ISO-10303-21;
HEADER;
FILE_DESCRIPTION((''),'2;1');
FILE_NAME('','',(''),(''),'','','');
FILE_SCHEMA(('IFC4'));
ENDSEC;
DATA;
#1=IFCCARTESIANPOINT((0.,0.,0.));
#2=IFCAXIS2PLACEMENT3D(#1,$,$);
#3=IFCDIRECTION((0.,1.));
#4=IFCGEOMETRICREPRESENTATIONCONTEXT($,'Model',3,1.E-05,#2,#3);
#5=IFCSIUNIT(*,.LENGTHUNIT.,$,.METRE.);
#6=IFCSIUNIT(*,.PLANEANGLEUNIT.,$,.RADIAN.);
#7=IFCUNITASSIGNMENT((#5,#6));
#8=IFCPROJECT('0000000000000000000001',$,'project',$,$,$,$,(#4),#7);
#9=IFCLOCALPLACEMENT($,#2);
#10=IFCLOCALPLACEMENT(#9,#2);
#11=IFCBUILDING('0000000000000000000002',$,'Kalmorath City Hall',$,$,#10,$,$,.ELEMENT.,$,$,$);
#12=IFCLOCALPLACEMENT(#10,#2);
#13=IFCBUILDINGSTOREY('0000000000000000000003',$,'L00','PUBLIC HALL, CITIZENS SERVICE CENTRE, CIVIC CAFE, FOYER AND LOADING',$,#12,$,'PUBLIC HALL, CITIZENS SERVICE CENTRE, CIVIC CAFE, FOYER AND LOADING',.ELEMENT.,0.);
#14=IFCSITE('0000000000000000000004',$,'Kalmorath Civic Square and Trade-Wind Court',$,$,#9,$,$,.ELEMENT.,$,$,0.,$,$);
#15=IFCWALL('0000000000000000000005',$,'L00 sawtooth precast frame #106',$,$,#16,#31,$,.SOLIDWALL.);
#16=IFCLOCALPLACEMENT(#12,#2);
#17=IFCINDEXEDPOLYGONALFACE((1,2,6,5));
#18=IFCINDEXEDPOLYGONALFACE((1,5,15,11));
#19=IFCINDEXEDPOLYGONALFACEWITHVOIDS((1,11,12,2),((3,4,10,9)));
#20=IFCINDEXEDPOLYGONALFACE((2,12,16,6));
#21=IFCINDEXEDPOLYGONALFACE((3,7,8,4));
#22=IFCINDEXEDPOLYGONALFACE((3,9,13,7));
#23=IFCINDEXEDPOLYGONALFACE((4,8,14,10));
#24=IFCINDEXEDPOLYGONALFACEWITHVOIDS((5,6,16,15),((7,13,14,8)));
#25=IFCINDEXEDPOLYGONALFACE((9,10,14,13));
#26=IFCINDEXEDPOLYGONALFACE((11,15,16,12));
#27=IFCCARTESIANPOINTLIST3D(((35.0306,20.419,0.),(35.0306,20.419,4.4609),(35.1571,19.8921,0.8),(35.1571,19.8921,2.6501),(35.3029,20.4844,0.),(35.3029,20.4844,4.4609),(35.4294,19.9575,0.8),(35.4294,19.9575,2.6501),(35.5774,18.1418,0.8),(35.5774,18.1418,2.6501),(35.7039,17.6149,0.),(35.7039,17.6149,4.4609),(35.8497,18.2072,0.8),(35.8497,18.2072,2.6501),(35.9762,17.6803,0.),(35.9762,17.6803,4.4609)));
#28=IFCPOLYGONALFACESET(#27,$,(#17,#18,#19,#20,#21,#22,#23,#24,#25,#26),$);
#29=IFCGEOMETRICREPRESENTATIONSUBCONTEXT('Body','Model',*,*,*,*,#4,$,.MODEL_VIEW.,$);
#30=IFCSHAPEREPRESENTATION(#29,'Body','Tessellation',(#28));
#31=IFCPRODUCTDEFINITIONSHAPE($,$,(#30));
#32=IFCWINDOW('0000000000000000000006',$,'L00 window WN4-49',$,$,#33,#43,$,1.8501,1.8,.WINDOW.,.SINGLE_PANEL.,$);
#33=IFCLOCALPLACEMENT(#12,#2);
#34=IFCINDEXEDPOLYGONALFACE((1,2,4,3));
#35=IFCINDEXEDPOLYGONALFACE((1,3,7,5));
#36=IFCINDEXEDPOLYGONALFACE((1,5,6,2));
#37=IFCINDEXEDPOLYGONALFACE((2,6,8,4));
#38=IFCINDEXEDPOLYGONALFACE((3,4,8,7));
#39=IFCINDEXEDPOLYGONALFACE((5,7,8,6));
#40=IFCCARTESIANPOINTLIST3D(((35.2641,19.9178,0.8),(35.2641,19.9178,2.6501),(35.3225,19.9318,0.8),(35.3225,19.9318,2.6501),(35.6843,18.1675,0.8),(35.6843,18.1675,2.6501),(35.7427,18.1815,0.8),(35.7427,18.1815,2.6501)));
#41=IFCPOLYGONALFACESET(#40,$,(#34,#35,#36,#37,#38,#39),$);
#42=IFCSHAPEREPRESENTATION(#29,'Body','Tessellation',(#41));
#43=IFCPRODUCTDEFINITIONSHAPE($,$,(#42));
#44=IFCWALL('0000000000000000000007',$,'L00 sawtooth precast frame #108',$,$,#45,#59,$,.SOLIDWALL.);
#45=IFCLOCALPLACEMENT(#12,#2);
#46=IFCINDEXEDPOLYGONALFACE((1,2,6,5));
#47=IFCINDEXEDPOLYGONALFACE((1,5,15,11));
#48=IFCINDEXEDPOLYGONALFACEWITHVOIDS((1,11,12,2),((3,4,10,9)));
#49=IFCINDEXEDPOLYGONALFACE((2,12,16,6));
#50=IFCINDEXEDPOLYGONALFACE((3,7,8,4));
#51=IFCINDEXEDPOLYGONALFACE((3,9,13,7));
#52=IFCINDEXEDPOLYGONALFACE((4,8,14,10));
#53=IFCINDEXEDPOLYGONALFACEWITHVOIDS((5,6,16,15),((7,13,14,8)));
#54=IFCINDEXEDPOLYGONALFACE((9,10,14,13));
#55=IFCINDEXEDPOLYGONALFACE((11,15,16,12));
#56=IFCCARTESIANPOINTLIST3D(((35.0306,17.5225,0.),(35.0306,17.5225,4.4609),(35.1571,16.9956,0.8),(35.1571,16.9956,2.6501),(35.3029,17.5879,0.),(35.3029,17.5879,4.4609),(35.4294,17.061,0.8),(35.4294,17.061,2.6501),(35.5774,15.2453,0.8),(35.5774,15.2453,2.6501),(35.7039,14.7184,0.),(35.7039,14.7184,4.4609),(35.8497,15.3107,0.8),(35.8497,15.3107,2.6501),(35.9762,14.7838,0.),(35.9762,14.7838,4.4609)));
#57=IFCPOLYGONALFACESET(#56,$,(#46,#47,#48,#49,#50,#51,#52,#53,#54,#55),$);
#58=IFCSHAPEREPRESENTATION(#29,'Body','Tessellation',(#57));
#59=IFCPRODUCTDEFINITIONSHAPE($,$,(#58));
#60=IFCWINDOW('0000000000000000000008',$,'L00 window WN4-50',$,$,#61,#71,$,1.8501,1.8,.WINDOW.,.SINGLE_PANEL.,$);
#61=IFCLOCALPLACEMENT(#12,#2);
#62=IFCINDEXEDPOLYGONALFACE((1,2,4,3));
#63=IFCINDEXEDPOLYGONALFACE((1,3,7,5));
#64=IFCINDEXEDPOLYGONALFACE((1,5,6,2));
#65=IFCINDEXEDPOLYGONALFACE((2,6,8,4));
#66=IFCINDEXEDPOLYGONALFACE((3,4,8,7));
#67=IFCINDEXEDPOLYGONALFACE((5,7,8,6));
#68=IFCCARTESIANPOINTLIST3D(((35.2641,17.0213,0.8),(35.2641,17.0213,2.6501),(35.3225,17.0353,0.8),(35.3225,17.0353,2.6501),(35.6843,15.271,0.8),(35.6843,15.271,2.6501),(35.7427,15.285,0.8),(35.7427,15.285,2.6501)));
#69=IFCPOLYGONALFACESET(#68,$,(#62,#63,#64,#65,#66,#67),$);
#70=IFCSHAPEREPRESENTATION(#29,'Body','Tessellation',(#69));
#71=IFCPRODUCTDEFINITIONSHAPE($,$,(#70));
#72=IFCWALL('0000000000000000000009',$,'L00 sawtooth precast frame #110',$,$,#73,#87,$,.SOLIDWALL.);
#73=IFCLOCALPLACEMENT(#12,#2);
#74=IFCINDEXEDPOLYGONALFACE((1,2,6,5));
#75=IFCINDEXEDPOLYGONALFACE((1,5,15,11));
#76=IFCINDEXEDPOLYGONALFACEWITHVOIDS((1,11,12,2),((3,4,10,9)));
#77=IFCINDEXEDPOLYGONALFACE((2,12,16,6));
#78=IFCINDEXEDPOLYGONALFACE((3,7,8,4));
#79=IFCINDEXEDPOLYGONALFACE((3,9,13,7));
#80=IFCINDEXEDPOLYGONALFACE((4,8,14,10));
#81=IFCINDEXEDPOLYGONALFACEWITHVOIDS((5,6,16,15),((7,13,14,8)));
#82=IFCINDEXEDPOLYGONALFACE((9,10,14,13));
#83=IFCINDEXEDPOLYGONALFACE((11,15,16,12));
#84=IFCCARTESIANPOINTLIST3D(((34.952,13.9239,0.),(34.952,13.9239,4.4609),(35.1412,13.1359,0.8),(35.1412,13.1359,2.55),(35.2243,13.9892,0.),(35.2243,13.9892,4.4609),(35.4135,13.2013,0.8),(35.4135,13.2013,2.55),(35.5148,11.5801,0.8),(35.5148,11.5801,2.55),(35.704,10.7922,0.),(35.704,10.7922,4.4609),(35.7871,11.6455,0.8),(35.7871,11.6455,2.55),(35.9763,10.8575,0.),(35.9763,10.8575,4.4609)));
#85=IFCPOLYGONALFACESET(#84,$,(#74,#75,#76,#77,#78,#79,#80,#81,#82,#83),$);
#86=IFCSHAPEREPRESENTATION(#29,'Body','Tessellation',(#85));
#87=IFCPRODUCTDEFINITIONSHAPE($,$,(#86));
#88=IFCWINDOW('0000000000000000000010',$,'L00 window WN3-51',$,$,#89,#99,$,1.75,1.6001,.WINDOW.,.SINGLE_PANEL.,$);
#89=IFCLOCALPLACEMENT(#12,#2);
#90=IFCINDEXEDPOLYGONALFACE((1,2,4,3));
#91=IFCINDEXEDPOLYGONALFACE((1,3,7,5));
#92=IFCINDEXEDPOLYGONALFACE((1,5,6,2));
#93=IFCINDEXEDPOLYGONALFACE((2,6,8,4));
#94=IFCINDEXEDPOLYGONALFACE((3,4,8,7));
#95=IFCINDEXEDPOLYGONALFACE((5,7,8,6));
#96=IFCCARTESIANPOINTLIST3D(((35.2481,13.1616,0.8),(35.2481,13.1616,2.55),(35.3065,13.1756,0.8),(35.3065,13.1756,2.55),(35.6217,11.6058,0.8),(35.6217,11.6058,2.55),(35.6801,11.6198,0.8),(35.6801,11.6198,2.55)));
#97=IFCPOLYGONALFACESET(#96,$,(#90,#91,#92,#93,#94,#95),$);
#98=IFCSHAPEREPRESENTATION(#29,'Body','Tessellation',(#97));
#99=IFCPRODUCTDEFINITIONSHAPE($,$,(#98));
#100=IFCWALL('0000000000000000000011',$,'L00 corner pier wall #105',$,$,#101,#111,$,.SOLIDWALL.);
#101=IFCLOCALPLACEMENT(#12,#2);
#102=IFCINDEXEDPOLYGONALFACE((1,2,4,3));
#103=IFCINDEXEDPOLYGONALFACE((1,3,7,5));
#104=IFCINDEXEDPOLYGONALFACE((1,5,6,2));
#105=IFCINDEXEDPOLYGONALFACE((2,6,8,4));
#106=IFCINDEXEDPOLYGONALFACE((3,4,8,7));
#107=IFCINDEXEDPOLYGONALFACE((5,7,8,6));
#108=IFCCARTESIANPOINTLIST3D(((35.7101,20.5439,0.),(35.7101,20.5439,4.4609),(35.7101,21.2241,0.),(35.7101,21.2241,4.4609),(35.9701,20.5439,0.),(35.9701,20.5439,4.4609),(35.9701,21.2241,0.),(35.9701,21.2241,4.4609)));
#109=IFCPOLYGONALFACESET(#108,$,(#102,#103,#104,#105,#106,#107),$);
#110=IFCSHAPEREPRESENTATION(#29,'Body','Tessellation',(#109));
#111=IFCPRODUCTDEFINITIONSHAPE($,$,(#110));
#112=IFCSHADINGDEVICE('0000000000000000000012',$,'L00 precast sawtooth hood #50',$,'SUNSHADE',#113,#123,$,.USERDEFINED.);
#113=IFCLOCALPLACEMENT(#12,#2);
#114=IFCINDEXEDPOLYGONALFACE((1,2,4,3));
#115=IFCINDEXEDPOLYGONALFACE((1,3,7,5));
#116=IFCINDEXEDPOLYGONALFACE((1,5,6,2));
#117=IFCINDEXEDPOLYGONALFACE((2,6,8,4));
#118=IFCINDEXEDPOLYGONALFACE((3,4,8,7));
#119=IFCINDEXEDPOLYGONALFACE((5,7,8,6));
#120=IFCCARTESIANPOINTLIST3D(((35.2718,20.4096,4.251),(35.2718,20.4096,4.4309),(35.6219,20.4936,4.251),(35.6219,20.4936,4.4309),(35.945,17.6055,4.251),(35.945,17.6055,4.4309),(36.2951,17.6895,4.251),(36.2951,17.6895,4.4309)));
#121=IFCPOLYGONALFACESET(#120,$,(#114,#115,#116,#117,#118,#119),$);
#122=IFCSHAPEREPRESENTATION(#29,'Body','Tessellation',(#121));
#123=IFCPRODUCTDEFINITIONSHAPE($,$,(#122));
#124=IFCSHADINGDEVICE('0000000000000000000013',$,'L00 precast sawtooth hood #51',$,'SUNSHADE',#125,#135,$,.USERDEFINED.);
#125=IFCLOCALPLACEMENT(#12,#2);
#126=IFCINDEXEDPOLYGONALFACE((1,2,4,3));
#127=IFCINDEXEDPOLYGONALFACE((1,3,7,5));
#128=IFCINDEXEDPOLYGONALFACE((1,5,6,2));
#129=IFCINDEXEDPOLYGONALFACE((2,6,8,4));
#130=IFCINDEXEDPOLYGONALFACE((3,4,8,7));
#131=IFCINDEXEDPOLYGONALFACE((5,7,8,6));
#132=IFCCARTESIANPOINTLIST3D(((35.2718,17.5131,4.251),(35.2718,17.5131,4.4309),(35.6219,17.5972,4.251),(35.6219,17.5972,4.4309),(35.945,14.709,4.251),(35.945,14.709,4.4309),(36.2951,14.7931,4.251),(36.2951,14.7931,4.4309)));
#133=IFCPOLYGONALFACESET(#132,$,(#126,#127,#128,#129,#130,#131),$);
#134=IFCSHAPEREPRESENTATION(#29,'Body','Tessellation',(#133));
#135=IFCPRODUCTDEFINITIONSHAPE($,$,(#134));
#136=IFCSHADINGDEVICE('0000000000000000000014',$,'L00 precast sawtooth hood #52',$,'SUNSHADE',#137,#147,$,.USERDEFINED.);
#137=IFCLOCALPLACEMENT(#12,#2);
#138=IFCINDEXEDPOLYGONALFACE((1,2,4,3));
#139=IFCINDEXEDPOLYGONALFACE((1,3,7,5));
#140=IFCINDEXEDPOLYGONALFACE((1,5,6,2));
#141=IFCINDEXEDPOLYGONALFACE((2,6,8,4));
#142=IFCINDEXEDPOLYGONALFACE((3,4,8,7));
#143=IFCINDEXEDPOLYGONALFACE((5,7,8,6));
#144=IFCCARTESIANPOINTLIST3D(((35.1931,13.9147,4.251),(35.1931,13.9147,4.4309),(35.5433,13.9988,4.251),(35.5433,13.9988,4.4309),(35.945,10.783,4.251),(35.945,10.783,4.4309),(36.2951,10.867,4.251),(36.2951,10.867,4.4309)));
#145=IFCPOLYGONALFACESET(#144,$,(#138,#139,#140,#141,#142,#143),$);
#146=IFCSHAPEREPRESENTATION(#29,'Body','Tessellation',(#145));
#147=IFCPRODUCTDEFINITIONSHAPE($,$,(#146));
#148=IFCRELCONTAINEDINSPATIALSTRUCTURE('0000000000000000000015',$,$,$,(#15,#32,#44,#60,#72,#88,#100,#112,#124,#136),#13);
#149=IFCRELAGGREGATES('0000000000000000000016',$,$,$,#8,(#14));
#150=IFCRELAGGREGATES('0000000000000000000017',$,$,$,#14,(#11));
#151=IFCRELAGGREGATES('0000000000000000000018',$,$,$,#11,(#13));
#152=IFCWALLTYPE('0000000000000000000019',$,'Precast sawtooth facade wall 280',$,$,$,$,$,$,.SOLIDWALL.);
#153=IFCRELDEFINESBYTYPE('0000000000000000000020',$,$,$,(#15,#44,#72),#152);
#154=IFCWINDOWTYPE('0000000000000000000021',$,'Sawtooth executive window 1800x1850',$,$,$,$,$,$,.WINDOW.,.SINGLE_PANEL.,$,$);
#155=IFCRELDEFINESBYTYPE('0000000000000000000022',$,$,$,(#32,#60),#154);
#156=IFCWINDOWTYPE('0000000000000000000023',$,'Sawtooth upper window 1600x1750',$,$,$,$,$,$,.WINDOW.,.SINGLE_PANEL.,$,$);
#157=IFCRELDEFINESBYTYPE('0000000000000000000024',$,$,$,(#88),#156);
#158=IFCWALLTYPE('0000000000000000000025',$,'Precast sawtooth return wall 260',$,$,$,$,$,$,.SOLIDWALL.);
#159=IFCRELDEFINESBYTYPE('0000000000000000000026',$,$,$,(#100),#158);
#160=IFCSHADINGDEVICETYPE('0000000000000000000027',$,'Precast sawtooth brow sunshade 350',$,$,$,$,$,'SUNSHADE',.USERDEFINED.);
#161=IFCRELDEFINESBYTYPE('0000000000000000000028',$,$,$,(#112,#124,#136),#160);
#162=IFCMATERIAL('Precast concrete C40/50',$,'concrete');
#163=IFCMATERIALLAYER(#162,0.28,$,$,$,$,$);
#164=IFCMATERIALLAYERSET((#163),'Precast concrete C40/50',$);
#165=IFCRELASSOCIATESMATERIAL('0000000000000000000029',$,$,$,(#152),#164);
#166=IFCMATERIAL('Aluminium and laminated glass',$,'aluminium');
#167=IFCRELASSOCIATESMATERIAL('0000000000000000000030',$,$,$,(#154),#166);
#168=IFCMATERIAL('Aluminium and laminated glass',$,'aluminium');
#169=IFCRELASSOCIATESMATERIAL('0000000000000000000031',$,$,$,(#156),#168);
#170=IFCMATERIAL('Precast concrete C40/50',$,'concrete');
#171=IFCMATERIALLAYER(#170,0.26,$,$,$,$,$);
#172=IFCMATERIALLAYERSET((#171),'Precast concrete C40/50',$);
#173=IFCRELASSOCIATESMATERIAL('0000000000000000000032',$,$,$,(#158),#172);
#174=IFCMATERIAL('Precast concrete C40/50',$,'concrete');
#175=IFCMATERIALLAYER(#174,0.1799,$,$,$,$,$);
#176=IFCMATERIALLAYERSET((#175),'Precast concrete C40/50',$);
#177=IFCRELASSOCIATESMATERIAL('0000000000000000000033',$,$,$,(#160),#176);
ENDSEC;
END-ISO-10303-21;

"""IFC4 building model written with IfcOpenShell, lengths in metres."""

from ifc_helpers import new_model, si_unit, direction, frame, frame_2d, origin, origin_2d, place, context, subcontext, project, spatial, rectangle, extrude, material, layer, layer_set, type_object, element, fill, save


model = new_model("IFC4")

# Units and contexts
model_context = context("Model", 3, precision=1e-05, world=origin(), true_north=direction((0.0, 1.0)))
body_context = subcontext(model_context, "Body", "Model", "MODEL_VIEW")
ifc_project = project(units=[si_unit("LENGTHUNIT", "METRE"), si_unit("PLANEANGLEUNIT", "RADIAN")], contexts=[model_context])

# Site, building, storey
site_placement = place(None, origin())
site = spatial("IfcSite", under=ifc_project, at=site_placement, Name="Kalmorath Civic Square and Trade-Wind Court", CompositionType="ELEMENT", RefElevation=0.0)
building_placement = place(site_placement, origin())
building = spatial("IfcBuilding", under=site, at=building_placement, Name="Kalmorath City Hall", CompositionType="ELEMENT")
storey_placement = place(building_placement, origin())
storey = spatial("IfcBuildingStorey", under=building, at=storey_placement, Name="L00", Description="PUBLIC HALL, CITIZENS SERVICE CENTRE, CIVIC CAFE, FOYER AND LOADING", LongName="PUBLIC HALL, CITIZENS SERVICE CENTRE, CIVIC CAFE, FOYER AND LOADING", CompositionType="ELEMENT", Elevation=0.0)

# Walls, openings, windows
ifc_material_1 = material(Name="Precast concrete C40/50", Category="concrete")
ifc_layer_1 = layer(ifc_material_1, 0.28)
ifc_layer_set_1 = layer_set([ifc_layer_1], Name="Precast concrete C40/50")
wall_type_1 = type_object("IfcWallType", Name="Precast sawtooth facade wall 280", PredefinedType="SOLIDWALL", material=ifc_layer_set_1)
wall_1_placement = place(storey_placement, frame((35.1667, 20.4517, 0.0), z_axis=(0.0, 0.0, 1.0), x_axis=(0.233482, -0.972361, 0.0)))
wall_1 = element("IfcWall", 1, at=wall_1_placement, inside=storey, type_object=wall_type_1, Name="L00 sawtooth precast frame #106", PredefinedType="SOLIDWALL", context=body_context, shape_type="SweptSolid", body=[
    extrude(rectangle(XDim=2.8838, YDim=0.28, at=frame_2d((1.4419, 0.0))), origin(), (0.0, 0.0, 1.0), 4.4609),
])
opening_1_placement = place(wall_1_placement, frame((0.542, 0.0, 0.8)))
opening_1 = element("IfcOpeningElement", 2, at=opening_1_placement, cuts=wall_1, PredefinedType="OPENING", context=body_context, shape_type="SweptSolid", body=[
    extrude(rectangle(XDim=1.8, YDim=1.8501, at=frame_2d((0.8999, 0.925))), frame((0.0, 0.1499, 0.0), z_axis=(0.0, -1.0, 0.0), x_axis=(1.0, 0.0, 0.0)), (0.0, 0.0, 1.0), 0.3),
])
ifc_material_2 = material(Name="Aluminium and laminated glass", Category="aluminium")
window_type_1 = type_object("IfcWindowType", Name="Sawtooth executive window 1800x1850", PartitioningType="SINGLE_PANEL", PredefinedType="WINDOW", material=ifc_material_2)
window_1_placement = place(opening_1_placement, origin())
window_1 = element("IfcWindow", 3, at=window_1_placement, inside=storey, type_object=window_type_1, Name="L00 window WN4-49", OverallHeight=1.8501, OverallWidth=1.8, PartitioningType="SINGLE_PANEL", PredefinedType="WINDOW", context=body_context, shape_type="SweptSolid", body=[
    extrude(rectangle(XDim=1.8, YDim=1.8501, at=frame_2d((0.8999, 0.925))), frame((0.0, 0.03, 0.0), z_axis=(0.0, -1.0, 0.0), x_axis=(1.0, 0.0, 0.0)), (0.0, 0.0, 1.0), 0.0601),
])
fill(opening_1, window_1)
wall_2_placement = place(storey_placement, frame((35.1667, 17.5552, 0.0), z_axis=(0.0, 0.0, 1.0), x_axis=(0.233482, -0.972361, 0.0)))
wall_2 = element("IfcWall", 4, at=wall_2_placement, inside=storey, type_object=wall_type_1, Name="L00 sawtooth precast frame #108", PredefinedType="SOLIDWALL", context=body_context, shape_type="SweptSolid", body=[
    extrude(rectangle(XDim=2.8838, YDim=0.28, at=frame_2d((1.4419, 0.0))), origin(), (0.0, 0.0, 1.0), 4.4609),
])
opening_2_placement = place(wall_2_placement, frame((0.542, 0.0, 0.8)))
opening_2 = element("IfcOpeningElement", 5, at=opening_2_placement, cuts=wall_2, PredefinedType="OPENING", context=body_context, shape_type="SweptSolid", body=[
    extrude(rectangle(XDim=1.8, YDim=1.8501, at=frame_2d((0.8999, 0.925))), frame((0.0, 0.1499, 0.0), z_axis=(0.0, -1.0, 0.0), x_axis=(1.0, 0.0, 0.0)), (0.0, 0.0, 1.0), 0.3),
])
window_2_placement = place(opening_2_placement, origin())
window_2 = element("IfcWindow", 6, at=window_2_placement, inside=storey, type_object=window_type_1, Name="L00 window WN4-50", OverallHeight=1.8501, OverallWidth=1.8, PartitioningType="SINGLE_PANEL", PredefinedType="WINDOW", context=body_context, shape_type="SweptSolid", body=[
    extrude(rectangle(XDim=1.8, YDim=1.8501, at=frame_2d((0.8999, 0.925))), frame((0.0, 0.03, 0.0), z_axis=(0.0, -1.0, 0.0), x_axis=(1.0, 0.0, 0.0)), (0.0, 0.0, 1.0), 0.0601),
])
fill(opening_2, window_2)
wall_3_placement = place(storey_placement, frame((35.0881, 13.9565, 0.0), z_axis=(0.0, 0.0, 1.0), x_axis=(0.233482, -0.972361, 0.0)))
wall_3 = element("IfcWall", 7, at=wall_3_placement, inside=storey, type_object=wall_type_1, Name="L00 sawtooth precast frame #110", PredefinedType="SOLIDWALL", context=body_context, shape_type="SweptSolid", body=[
    extrude(rectangle(XDim=3.2207, YDim=0.28, at=frame_2d((1.6104, 0.0))), origin(), (0.0, 0.0, 1.0), 4.4609),
])
opening_3_placement = place(wall_3_placement, frame((0.8103, 0.0, 0.8)))
opening_3 = element("IfcOpeningElement", 8, at=opening_3_placement, cuts=wall_3, PredefinedType="OPENING", context=body_context, shape_type="SweptSolid", body=[
    extrude(rectangle(XDim=1.6001, YDim=1.75, at=frame_2d((0.8, 0.875))), frame((0.0, 0.1499, 0.0), z_axis=(0.0, -1.0, 0.0), x_axis=(1.0, 0.0, 0.0)), (0.0, 0.0, 1.0), 0.3),
])
ifc_material_3 = material(Name="Aluminium and laminated glass", Category="aluminium")
window_type_2 = type_object("IfcWindowType", Name="Sawtooth upper window 1600x1750", PartitioningType="SINGLE_PANEL", PredefinedType="WINDOW", material=ifc_material_3)
window_3_placement = place(opening_3_placement, origin())
window_3 = element("IfcWindow", 9, at=window_3_placement, inside=storey, type_object=window_type_2, Name="L00 window WN3-51", OverallHeight=1.75, OverallWidth=1.6001, PartitioningType="SINGLE_PANEL", PredefinedType="WINDOW", context=body_context, shape_type="SweptSolid", body=[
    extrude(rectangle(XDim=1.6001, YDim=1.75, at=frame_2d((0.8, 0.875))), frame((0.0, 0.03, 0.0), z_axis=(0.0, -1.0, 0.0), x_axis=(1.0, 0.0, 0.0)), (0.0, 0.0, 1.0), 0.0601),
])
fill(opening_3, window_3)

# Wall
ifc_material_4 = material(Name="Precast concrete C40/50", Category="concrete")
ifc_layer_2 = layer(ifc_material_4, 0.26)
ifc_layer_set_2 = layer_set([ifc_layer_2], Name="Precast concrete C40/50")
wall_type_2 = type_object("IfcWallType", Name="Precast sawtooth return wall 260", PredefinedType="SOLIDWALL", material=ifc_layer_set_2)
wall_4_placement = place(storey_placement, frame((35.8401, 21.2241, 0.0), z_axis=(0.0, 0.0, 1.0), x_axis=(0.0, -1.0, 0.0)))
element("IfcWall", 10, at=wall_4_placement, inside=storey, type_object=wall_type_2, Name="L00 corner pier wall #105", PredefinedType="SOLIDWALL", context=body_context, shape_type="SweptSolid", body=[
    extrude(rectangle(XDim=0.6802, YDim=0.26, at=frame_2d((0.3401, 0.0))), origin(), (0.0, 0.0, 1.0), 4.4609),
])

# Shading devices
ifc_material_5 = material(Name="Precast concrete C40/50", Category="concrete")
ifc_layer_3 = layer(ifc_material_5, 0.1799)
ifc_layer_set_3 = layer_set([ifc_layer_3], Name="Precast concrete C40/50")
shading_device_type = type_object("IfcShadingDeviceType", Name="Precast sawtooth brow sunshade 350", ElementType="SUNSHADE", PredefinedType="USERDEFINED", material=ifc_layer_set_3)
for number, where, z_axis, x_axis, name in (
    (11, (35.7834, 19.0496, 4.251), (0.0, 0.0, 1.0), (0.233445, -0.97237, 0.0), "L00 precast sawtooth hood #50"),
    (12, (35.7834, 16.1531, 4.251), (0.0, 0.0, 1.0), (0.233445, -0.97237, 0.0), "L00 precast sawtooth hood #51"),
):
    element("IfcShadingDevice", number, at=place(storey_placement, frame(where, z_axis=z_axis, x_axis=x_axis)), inside=storey, type_object=shading_device_type, Name=name, ObjectType="SUNSHADE", PredefinedType="USERDEFINED", context=body_context, shape_type="SweptSolid", body=[
        extrude(rectangle(XDim=2.8838, YDim=0.3601, at=origin_2d()), origin(), (0.0, 0.0, 1.0), 0.1799),
    ])
shading_device_placement = place(storey_placement, frame((35.7441, 12.3909, 4.251), z_axis=(0.0, 0.0, 1.0), x_axis=(0.233445, -0.97237, 0.0)))
element("IfcShadingDevice", 13, at=shading_device_placement, inside=storey, type_object=shading_device_type, Name="L00 precast sawtooth hood #52", ObjectType="SUNSHADE", PredefinedType="USERDEFINED", context=body_context, shape_type="SweptSolid", body=[
    extrude(rectangle(XDim=3.2207, YDim=0.3601, at=origin_2d()), origin(), (0.0, 0.0, 1.0), 0.1799),
])

save(model, "model.ifc")
